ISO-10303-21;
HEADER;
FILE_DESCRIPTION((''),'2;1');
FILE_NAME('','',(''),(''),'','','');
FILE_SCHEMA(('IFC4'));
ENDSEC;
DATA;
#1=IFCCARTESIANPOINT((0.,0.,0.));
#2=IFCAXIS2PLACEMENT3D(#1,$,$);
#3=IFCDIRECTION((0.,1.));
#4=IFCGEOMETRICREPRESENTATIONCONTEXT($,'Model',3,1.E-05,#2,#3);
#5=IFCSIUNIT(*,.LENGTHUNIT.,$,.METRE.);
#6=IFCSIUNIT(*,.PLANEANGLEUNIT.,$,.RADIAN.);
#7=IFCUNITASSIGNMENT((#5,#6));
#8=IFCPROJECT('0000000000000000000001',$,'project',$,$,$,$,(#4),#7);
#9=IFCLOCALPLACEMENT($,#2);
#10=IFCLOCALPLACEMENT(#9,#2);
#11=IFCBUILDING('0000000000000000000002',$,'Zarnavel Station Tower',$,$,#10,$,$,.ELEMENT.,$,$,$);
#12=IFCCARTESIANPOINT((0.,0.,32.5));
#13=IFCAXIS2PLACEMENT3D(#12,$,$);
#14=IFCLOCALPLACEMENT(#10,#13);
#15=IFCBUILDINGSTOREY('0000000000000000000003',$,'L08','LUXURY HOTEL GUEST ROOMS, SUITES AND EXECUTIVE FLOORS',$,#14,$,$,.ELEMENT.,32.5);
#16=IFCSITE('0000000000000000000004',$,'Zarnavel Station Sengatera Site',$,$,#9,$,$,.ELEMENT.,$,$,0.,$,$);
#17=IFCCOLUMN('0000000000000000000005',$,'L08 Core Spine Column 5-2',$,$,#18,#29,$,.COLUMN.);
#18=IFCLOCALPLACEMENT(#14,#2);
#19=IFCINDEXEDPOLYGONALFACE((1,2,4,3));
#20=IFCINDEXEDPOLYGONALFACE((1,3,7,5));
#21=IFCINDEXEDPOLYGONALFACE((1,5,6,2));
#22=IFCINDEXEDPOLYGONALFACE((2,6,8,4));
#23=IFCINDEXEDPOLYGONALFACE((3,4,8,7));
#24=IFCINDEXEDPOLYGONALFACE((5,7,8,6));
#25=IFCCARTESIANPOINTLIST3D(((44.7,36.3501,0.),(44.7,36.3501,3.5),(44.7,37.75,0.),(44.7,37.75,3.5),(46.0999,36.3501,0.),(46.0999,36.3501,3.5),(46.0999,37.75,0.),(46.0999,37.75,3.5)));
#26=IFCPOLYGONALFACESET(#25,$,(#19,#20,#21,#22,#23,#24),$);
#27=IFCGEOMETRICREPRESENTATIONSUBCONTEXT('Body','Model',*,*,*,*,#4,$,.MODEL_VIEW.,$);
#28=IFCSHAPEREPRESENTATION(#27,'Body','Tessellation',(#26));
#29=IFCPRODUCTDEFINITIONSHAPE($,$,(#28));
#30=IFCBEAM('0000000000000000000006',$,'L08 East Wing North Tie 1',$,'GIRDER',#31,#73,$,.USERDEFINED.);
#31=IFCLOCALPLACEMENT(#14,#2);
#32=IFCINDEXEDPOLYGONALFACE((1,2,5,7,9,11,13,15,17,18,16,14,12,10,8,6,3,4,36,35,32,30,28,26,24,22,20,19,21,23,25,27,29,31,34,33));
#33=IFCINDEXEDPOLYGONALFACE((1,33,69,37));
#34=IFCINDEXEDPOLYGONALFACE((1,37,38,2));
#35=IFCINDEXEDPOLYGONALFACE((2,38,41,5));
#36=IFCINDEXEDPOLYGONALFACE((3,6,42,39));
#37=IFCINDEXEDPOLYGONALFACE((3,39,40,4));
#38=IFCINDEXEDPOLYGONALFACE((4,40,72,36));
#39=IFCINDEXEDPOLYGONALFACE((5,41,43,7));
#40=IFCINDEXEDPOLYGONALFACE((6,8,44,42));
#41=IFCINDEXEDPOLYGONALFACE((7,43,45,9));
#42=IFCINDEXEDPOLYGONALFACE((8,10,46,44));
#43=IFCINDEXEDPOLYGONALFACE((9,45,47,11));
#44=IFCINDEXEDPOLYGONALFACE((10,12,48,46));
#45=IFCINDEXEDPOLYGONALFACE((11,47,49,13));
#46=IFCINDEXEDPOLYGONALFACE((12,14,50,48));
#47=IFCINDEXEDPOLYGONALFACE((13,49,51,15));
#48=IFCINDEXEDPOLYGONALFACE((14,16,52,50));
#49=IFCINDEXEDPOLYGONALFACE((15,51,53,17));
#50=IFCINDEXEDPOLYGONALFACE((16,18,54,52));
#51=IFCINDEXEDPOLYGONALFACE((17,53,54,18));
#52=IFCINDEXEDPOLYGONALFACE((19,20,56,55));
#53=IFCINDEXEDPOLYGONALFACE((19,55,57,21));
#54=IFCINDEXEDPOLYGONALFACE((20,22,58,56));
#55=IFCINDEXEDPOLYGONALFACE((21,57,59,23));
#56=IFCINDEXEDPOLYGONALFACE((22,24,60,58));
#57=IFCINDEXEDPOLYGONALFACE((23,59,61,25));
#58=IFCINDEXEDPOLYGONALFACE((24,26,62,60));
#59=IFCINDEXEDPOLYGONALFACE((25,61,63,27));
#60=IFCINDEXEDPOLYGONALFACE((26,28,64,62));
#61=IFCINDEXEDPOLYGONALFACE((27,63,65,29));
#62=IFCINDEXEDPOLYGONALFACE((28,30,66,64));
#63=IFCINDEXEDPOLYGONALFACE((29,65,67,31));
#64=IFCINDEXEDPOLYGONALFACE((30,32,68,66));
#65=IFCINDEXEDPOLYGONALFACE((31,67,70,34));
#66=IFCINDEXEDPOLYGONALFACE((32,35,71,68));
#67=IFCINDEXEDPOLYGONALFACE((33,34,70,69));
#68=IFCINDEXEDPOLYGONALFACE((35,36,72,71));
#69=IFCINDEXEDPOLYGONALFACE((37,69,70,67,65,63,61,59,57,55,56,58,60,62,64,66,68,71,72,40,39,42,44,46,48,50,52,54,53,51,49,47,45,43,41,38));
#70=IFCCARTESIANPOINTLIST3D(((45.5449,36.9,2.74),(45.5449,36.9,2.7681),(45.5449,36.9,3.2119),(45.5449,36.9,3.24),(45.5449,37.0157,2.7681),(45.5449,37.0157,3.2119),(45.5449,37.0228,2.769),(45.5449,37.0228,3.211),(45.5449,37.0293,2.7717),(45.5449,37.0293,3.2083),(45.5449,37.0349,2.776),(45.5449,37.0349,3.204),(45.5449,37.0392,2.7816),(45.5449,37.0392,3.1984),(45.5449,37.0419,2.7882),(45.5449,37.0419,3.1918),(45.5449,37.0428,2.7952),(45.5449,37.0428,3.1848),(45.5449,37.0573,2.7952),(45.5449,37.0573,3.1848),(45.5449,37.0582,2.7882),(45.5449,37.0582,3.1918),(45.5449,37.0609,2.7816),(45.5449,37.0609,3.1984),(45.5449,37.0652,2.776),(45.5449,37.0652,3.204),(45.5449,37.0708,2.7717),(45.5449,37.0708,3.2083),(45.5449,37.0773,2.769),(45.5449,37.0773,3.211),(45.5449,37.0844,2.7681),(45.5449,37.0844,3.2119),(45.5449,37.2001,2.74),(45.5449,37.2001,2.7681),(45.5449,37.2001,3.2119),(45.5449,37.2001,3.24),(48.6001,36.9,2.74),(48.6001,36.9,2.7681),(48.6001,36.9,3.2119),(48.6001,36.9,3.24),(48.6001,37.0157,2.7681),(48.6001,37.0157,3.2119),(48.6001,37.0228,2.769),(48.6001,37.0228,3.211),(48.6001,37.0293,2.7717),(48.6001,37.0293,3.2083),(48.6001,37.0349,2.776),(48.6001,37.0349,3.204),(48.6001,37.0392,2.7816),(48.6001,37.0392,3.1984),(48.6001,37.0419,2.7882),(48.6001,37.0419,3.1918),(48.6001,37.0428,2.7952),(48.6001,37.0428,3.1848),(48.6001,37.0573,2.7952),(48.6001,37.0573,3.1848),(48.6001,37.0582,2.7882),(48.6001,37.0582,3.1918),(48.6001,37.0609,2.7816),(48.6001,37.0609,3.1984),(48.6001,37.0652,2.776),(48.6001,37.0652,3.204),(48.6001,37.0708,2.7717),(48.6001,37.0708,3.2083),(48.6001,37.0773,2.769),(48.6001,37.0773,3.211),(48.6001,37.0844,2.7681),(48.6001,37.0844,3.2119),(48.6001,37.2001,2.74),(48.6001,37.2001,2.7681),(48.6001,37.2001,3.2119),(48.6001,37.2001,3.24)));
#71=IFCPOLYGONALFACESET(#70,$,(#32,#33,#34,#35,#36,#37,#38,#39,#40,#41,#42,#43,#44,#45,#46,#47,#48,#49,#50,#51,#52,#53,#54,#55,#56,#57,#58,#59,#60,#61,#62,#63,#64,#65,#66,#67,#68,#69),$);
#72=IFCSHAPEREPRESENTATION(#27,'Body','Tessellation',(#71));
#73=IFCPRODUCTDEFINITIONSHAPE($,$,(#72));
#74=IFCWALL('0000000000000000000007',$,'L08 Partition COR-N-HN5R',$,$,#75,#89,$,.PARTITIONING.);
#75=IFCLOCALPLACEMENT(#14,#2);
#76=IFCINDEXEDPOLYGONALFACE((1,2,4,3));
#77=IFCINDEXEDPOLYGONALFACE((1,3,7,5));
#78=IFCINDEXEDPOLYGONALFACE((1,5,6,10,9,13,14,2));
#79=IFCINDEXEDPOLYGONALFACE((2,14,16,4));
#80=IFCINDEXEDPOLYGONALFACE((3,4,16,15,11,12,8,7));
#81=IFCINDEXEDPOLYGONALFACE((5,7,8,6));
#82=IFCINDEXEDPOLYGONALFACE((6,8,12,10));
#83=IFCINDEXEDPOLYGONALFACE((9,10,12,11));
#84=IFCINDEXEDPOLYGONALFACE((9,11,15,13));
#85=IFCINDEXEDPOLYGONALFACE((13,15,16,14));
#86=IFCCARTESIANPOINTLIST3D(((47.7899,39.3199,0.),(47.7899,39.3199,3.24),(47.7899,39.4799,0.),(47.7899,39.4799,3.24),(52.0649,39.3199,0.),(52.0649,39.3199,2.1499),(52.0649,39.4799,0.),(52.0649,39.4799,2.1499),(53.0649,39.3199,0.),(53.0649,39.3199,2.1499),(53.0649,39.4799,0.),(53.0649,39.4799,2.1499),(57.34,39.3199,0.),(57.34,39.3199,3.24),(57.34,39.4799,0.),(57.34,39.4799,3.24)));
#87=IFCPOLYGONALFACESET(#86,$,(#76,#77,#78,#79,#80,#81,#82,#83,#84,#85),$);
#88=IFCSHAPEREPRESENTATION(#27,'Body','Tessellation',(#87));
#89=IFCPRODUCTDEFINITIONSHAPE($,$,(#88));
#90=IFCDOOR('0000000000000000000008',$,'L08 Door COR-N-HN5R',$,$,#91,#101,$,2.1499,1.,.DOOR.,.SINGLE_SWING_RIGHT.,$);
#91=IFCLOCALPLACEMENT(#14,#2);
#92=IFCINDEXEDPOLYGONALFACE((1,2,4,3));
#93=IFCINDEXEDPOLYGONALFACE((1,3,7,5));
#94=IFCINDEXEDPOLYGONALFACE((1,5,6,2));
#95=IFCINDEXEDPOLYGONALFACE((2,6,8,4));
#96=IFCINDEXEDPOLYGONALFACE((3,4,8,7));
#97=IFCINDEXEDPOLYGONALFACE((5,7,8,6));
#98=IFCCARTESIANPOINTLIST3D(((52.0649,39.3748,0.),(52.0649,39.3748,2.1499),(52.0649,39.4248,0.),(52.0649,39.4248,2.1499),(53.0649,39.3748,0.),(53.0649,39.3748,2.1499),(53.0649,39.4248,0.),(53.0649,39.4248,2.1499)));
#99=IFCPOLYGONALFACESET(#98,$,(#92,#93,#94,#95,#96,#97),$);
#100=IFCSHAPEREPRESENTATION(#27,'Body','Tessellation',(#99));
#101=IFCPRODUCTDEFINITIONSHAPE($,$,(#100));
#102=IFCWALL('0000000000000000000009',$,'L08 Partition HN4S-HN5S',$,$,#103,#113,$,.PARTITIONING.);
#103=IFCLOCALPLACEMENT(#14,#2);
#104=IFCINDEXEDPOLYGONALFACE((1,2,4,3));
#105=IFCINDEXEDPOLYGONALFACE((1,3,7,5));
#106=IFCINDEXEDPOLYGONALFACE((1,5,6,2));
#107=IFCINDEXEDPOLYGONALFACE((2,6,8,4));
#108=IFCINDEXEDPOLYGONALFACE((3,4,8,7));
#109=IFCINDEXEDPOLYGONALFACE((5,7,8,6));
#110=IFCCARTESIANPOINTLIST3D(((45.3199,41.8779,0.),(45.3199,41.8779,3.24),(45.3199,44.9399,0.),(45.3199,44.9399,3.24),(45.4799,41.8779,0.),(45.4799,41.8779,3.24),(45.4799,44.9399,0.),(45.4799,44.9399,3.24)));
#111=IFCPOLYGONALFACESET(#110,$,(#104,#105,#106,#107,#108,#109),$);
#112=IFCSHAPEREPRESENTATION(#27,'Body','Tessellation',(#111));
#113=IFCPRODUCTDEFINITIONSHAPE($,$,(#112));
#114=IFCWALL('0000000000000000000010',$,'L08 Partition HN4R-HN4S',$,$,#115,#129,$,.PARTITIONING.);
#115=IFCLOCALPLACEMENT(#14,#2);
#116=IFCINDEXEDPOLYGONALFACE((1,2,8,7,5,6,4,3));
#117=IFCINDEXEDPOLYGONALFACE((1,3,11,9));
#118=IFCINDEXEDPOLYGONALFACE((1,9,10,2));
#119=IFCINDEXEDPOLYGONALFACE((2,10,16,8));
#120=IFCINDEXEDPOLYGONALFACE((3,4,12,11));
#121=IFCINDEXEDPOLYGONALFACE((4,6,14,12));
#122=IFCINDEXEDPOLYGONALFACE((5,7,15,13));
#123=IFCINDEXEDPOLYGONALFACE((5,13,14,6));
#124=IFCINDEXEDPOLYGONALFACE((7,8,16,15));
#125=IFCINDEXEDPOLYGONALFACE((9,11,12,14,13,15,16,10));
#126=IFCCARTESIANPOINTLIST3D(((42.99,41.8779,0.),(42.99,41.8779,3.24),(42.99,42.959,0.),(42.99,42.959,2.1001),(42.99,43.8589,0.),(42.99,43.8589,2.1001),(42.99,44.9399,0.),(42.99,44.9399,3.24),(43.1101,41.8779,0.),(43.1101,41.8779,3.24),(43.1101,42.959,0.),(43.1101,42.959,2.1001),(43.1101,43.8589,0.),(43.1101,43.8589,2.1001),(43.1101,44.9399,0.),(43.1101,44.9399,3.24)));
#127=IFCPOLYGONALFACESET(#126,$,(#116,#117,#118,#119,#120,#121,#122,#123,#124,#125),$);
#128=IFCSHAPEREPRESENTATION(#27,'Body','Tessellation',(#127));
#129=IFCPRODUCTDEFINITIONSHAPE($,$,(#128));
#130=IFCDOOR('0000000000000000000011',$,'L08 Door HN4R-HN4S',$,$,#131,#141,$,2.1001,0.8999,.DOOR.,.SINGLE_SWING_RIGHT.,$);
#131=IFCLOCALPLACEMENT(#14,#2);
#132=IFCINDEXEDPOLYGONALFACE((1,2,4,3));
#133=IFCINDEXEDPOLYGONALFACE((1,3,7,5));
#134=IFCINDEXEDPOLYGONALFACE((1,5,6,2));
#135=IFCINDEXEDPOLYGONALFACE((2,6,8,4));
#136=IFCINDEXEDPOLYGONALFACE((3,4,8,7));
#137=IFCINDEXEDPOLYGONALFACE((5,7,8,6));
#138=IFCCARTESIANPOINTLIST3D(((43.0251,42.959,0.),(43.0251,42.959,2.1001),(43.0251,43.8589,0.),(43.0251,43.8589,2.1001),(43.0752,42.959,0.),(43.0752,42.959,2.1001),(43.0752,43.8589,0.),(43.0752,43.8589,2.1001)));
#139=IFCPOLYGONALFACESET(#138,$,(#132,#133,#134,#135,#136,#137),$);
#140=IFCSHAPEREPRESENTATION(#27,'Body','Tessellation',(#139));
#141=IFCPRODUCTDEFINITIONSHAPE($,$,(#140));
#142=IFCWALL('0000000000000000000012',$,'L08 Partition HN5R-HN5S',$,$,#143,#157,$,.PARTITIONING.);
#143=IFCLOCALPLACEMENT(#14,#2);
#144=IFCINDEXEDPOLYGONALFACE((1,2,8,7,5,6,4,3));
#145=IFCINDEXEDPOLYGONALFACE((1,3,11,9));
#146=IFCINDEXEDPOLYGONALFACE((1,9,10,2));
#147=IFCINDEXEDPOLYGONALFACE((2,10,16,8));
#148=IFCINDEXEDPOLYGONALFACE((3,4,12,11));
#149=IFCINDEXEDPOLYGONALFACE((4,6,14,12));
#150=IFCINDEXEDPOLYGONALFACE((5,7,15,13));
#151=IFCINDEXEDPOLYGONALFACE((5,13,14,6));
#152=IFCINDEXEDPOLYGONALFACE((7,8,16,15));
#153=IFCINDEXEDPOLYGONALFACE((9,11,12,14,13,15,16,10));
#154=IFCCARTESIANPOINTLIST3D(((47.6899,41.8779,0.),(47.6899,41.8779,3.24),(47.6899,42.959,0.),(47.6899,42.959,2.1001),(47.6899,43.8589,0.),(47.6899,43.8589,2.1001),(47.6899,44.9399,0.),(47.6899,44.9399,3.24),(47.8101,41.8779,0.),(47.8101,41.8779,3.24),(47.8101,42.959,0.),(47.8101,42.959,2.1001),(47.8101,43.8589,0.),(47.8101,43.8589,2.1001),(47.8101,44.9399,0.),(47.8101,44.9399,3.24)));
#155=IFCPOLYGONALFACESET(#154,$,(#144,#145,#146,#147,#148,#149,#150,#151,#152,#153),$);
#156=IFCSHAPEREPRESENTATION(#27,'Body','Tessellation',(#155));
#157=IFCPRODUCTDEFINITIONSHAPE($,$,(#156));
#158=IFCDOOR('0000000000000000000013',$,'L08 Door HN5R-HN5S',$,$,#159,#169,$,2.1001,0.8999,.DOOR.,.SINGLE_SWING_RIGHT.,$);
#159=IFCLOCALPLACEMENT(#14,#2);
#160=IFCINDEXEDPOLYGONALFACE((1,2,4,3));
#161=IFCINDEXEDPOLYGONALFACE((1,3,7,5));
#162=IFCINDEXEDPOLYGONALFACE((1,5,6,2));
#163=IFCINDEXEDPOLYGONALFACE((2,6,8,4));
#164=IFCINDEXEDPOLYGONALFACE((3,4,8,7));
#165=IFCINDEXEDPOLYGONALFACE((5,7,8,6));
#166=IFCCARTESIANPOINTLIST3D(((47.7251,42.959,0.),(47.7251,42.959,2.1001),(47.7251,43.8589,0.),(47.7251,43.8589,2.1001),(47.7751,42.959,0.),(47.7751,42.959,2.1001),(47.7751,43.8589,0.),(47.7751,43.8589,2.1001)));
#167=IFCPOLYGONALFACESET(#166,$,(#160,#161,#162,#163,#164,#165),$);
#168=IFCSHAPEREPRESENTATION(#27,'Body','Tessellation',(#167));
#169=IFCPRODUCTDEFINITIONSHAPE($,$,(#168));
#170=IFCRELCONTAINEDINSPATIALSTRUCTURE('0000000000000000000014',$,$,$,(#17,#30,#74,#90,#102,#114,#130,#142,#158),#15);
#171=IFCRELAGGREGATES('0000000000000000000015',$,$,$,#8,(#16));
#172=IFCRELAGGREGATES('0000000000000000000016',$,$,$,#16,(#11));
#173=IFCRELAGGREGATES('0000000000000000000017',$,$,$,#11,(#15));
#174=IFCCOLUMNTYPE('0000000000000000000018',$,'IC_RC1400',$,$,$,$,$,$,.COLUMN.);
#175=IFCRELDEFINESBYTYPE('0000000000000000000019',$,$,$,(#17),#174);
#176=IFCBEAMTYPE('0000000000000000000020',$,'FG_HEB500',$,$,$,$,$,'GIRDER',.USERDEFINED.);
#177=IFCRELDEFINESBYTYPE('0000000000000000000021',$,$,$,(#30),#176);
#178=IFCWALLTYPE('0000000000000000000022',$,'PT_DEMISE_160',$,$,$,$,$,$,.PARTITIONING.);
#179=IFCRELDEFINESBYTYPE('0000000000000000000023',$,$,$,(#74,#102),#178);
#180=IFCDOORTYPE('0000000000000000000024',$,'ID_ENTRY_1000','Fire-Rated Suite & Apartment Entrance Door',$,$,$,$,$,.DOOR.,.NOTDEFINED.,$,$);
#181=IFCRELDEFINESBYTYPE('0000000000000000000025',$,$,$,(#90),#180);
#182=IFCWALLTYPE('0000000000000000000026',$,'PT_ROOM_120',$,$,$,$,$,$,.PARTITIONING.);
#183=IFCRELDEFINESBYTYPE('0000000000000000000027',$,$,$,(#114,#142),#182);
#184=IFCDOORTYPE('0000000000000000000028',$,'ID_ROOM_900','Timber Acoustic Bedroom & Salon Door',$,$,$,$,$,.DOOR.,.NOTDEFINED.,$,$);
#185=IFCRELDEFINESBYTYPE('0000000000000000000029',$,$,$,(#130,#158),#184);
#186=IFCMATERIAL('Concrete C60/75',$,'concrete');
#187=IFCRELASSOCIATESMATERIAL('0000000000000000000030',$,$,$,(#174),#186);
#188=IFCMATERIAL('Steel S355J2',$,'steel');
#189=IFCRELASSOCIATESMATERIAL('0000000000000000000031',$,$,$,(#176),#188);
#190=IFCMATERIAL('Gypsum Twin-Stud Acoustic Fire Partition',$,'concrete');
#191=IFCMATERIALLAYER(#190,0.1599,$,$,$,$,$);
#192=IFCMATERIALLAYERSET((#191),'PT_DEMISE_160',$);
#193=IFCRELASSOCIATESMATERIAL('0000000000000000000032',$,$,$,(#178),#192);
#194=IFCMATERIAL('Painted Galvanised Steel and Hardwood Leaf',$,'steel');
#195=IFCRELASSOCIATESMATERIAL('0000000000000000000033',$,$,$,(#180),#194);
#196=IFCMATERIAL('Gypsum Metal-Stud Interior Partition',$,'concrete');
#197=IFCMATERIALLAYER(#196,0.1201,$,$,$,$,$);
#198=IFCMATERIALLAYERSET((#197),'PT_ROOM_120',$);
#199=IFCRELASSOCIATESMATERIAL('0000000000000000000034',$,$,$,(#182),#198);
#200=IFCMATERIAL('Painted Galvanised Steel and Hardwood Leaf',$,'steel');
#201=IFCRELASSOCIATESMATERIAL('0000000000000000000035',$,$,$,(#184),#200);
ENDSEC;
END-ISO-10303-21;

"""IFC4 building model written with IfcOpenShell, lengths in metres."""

from ifc_helpers import new_model, si_unit, direction, frame, frame_2d, origin, origin_2d, place, context, subcontext, project, spatial, rectangle, i_section, extrude, material, layer, layer_set, material_profile, profile_set, type_object, element, fill, save


model = new_model("IFC4")

# Units and contexts
model_context = context("Model", 3, precision=1e-05, world=origin(), true_north=direction((0.0, 1.0)))
body_context = subcontext(model_context, "Body", "Model", "MODEL_VIEW")
ifc_project = project(units=[si_unit("LENGTHUNIT", "METRE"), si_unit("PLANEANGLEUNIT", "RADIAN")], contexts=[model_context])

# Site, building, storey
site_placement = place(None, origin())
site = spatial("IfcSite", under=ifc_project, at=site_placement, Name="Zarnavel Station Sengatera Site", CompositionType="ELEMENT", RefElevation=0.0)
building_placement = place(site_placement, origin())
building = spatial("IfcBuilding", under=site, at=building_placement, Name="Zarnavel Station Tower", CompositionType="ELEMENT")
storey_placement = place(building_placement, frame((0.0, 0.0, 32.5)))
storey = spatial("IfcBuildingStorey", under=building, at=storey_placement, Name="L08", Description="LUXURY HOTEL GUEST ROOMS, SUITES AND EXECUTIVE FLOORS", CompositionType="ELEMENT", Elevation=32.5)

# Column
ifc_material_1 = material(Name="Concrete C60/75", Category="concrete")
ifc_material_profile_1 = material_profile(ifc_material_1, rectangle(XDim=1.3999, YDim=1.3999, at=origin_2d()), Name="RC1400x1400")
ifc_profile_set_1 = profile_set([ifc_material_profile_1], Name="Concrete C60/75")
column_type = type_object("IfcColumnType", Name="IC_RC1400", PredefinedType="COLUMN", material=ifc_profile_set_1)
column_placement = place(storey_placement, frame((45.3999, 37.05, 0.0), z_axis=(0.0, 0.0, 1.0), x_axis=(1.0, 0.0, 0.0)))
element("IfcColumn", 1, at=column_placement, inside=storey, type_object=column_type, Name="L08 Core Spine Column 5-2", PredefinedType="COLUMN", context=body_context, shape_type="SweptSolid", body=[
    extrude(rectangle(XDim=1.3999, YDim=1.3999, at=origin_2d()), origin(), (0.0, 0.0, 1.0), 3.5),
])

# Beam
ifc_material_2 = material(Name="Steel S355J2", Category="steel")
ifc_material_profile_2 = material_profile(ifc_material_2, i_section(OverallWidth=0.3, OverallDepth=0.5, WebThickness=0.0144, FlangeThickness=0.0281, FilletRadius=0.0271, at=origin_2d()), Name="HEB500")
ifc_profile_set_2 = profile_set([ifc_material_profile_2], Name="Steel S355J2")
beam_type = type_object("IfcBeamType", Name="FG_HEB500", ElementType="GIRDER", PredefinedType="USERDEFINED", material=ifc_profile_set_2)
beam_placement = place(storey_placement, frame((45.5449, 37.05, 2.99), z_axis=(1.0, 0.0, 0.0), x_axis=(0.0, 1.0, 0.0)))
element("IfcBeam", 2, at=beam_placement, inside=storey, type_object=beam_type, Name="L08 East Wing North Tie 1", ObjectType="GIRDER", PredefinedType="USERDEFINED", context=body_context, shape_type="SweptSolid", body=[
    extrude(i_section(OverallWidth=0.3, OverallDepth=0.5, WebThickness=0.0144, FlangeThickness=0.0281, FilletRadius=0.0271, at=origin_2d()), origin(), (0.0, 0.0, 1.0), 3.0552),
])

# Wall, opening, door
ifc_material_3 = material(Name="Gypsum Twin-Stud Acoustic Fire Partition", Category="concrete")
ifc_layer_1 = layer(ifc_material_3, 0.1599)
ifc_layer_set_1 = layer_set([ifc_layer_1], Name="PT_DEMISE_160")
wall_type_1 = type_object("IfcWallType", Name="PT_DEMISE_160", PredefinedType="PARTITIONING", material=ifc_layer_set_1)
wall_1_placement = place(storey_placement, frame((47.79, 39.3999, 0.0), z_axis=(0.0, 0.0, 1.0), x_axis=(1.0, 0.0, 0.0)))
wall_1 = element("IfcWall", 3, at=wall_1_placement, inside=storey, type_object=wall_type_1, Name="L08 Partition COR-N-HN5R", PredefinedType="PARTITIONING", context=body_context, shape_type="SweptSolid", body=[
    extrude(rectangle(XDim=9.55, YDim=0.1599, at=frame_2d((4.7749, 0.0))), origin(), (0.0, 0.0, 1.0), 3.24),
])
opening_1_placement = place(wall_1_placement, frame((4.2749, 0.0, 0.0)))
opening_1 = element("IfcOpeningElement", 4, at=opening_1_placement, cuts=wall_1, PredefinedType="OPENING", context=body_context, shape_type="SweptSolid", body=[
    extrude(rectangle(XDim=1.0, YDim=2.1499, at=frame_2d((0.5, 1.075))), frame((0.0, 0.0898, 0.0), z_axis=(0.0, -1.0, 0.0), x_axis=(1.0, 0.0, 0.0)), (0.0, 0.0, 1.0), 0.1799),
])
ifc_material_4 = material(Name="Painted Galvanised Steel and Hardwood Leaf", Category="steel")
door_type_1 = type_object("IfcDoorType", Name="ID_ENTRY_1000", Description="Fire-Rated Suite & Apartment Entrance Door", OperationType="NOTDEFINED", PredefinedType="DOOR", material=ifc_material_4)
door_1_placement = place(opening_1_placement, origin())
door_1 = element("IfcDoor", 5, at=door_1_placement, inside=storey, type_object=door_type_1, Name="L08 Door COR-N-HN5R", OperationType="SINGLE_SWING_RIGHT", OverallHeight=2.1499, OverallWidth=1.0, PredefinedType="DOOR", context=body_context, shape_type="SweptSolid", body=[
    extrude(rectangle(XDim=1.0, YDim=2.1499, at=frame_2d((0.5, 1.075))), frame((0.0, 0.0249, 0.0), z_axis=(0.0, -1.0, 0.0), x_axis=(1.0, 0.0, 0.0)), (0.0, 0.0, 1.0), 0.05),
])
fill(opening_1, door_1)

# Wall
wall_2_placement = place(storey_placement, frame((45.3999, 41.8779, 0.0), z_axis=(0.0, 0.0, 1.0), x_axis=(0.0, 1.0, 0.0)))
element("IfcWall", 6, at=wall_2_placement, inside=storey, type_object=wall_type_1, Name="L08 Partition HN4S-HN5S", PredefinedType="PARTITIONING", context=body_context, shape_type="SweptSolid", body=[
    extrude(rectangle(XDim=3.062, YDim=0.1599, at=frame_2d((1.531, 0.0))), origin(), (0.0, 0.0, 1.0), 3.24),
])

# Walls, openings, doors
ifc_material_5 = material(Name="Gypsum Metal-Stud Interior Partition", Category="concrete")
ifc_layer_2 = layer(ifc_material_5, 0.1201)
ifc_layer_set_2 = layer_set([ifc_layer_2], Name="PT_ROOM_120")
wall_type_2 = type_object("IfcWallType", Name="PT_ROOM_120", PredefinedType="PARTITIONING", material=ifc_layer_set_2)
wall_3_placement = place(storey_placement, frame((43.05, 41.8779, 0.0), z_axis=(0.0, 0.0, 1.0), x_axis=(0.0, 1.0, 0.0)))
wall_3 = element("IfcWall", 7, at=wall_3_placement, inside=storey, type_object=wall_type_2, Name="L08 Partition HN4R-HN4S", PredefinedType="PARTITIONING", context=body_context, shape_type="SweptSolid", body=[
    extrude(rectangle(XDim=3.062, YDim=0.1201, at=frame_2d((1.531, 0.0))), origin(), (0.0, 0.0, 1.0), 3.24),
])
opening_2_placement = place(wall_3_placement, frame((1.0811, 0.0, 0.0)))
opening_2 = element("IfcOpeningElement", 8, at=opening_2_placement, cuts=wall_3, PredefinedType="OPENING", context=body_context, shape_type="SweptSolid", body=[
    extrude(rectangle(XDim=0.8999, YDim=2.1001, at=frame_2d((0.45, 1.05))), frame((0.0, 0.0701, 0.0), z_axis=(0.0, -1.0, 0.0), x_axis=(1.0, 0.0, 0.0)), (0.0, 0.0, 1.0), 0.1401),
])
ifc_material_6 = material(Name="Painted Galvanised Steel and Hardwood Leaf", Category="steel")
door_type_2 = type_object("IfcDoorType", Name="ID_ROOM_900", Description="Timber Acoustic Bedroom & Salon Door", OperationType="NOTDEFINED", PredefinedType="DOOR", material=ifc_material_6)
door_2_placement = place(opening_2_placement, origin())
door_2 = element("IfcDoor", 9, at=door_2_placement, inside=storey, type_object=door_type_2, Name="L08 Door HN4R-HN4S", OperationType="SINGLE_SWING_RIGHT", OverallHeight=2.1001, OverallWidth=0.8999, PredefinedType="DOOR", context=body_context, shape_type="SweptSolid", body=[
    extrude(rectangle(XDim=0.8999, YDim=2.1001, at=frame_2d((0.45, 1.05))), frame((0.0, 0.0249, 0.0), z_axis=(0.0, -1.0, 0.0), x_axis=(1.0, 0.0, 0.0)), (0.0, 0.0, 1.0), 0.05),
])
fill(opening_2, door_2)
wall_4_placement = place(storey_placement, frame((47.75, 41.8779, 0.0), z_axis=(0.0, 0.0, 1.0), x_axis=(0.0, 1.0, 0.0)))
wall_4 = element("IfcWall", 10, at=wall_4_placement, inside=storey, type_object=wall_type_2, Name="L08 Partition HN5R-HN5S", PredefinedType="PARTITIONING", context=body_context, shape_type="SweptSolid", body=[
    extrude(rectangle(XDim=3.062, YDim=0.1201, at=frame_2d((1.531, 0.0))), origin(), (0.0, 0.0, 1.0), 3.24),
])
opening_3_placement = place(wall_4_placement, frame((1.0811, 0.0, 0.0)))
opening_3 = element("IfcOpeningElement", 11, at=opening_3_placement, cuts=wall_4, PredefinedType="OPENING", context=body_context, shape_type="SweptSolid", body=[
    extrude(rectangle(XDim=0.8999, YDim=2.1001, at=frame_2d((0.45, 1.05))), frame((0.0, 0.0701, 0.0), z_axis=(0.0, -1.0, 0.0), x_axis=(1.0, 0.0, 0.0)), (0.0, 0.0, 1.0), 0.1401),
])
door_3_placement = place(opening_3_placement, origin())
door_3 = element("IfcDoor", 12, at=door_3_placement, inside=storey, type_object=door_type_2, Name="L08 Door HN5R-HN5S", OperationType="SINGLE_SWING_RIGHT", OverallHeight=2.1001, OverallWidth=0.8999, PredefinedType="DOOR", context=body_context, shape_type="SweptSolid", body=[
    extrude(rectangle(XDim=0.8999, YDim=2.1001, at=frame_2d((0.45, 1.05))), frame((0.0, 0.0249, 0.0), z_axis=(0.0, -1.0, 0.0), x_axis=(1.0, 0.0, 0.0)), (0.0, 0.0, 1.0), 0.05),
])
fill(opening_3, door_3)

save(model, "model.ifc")
